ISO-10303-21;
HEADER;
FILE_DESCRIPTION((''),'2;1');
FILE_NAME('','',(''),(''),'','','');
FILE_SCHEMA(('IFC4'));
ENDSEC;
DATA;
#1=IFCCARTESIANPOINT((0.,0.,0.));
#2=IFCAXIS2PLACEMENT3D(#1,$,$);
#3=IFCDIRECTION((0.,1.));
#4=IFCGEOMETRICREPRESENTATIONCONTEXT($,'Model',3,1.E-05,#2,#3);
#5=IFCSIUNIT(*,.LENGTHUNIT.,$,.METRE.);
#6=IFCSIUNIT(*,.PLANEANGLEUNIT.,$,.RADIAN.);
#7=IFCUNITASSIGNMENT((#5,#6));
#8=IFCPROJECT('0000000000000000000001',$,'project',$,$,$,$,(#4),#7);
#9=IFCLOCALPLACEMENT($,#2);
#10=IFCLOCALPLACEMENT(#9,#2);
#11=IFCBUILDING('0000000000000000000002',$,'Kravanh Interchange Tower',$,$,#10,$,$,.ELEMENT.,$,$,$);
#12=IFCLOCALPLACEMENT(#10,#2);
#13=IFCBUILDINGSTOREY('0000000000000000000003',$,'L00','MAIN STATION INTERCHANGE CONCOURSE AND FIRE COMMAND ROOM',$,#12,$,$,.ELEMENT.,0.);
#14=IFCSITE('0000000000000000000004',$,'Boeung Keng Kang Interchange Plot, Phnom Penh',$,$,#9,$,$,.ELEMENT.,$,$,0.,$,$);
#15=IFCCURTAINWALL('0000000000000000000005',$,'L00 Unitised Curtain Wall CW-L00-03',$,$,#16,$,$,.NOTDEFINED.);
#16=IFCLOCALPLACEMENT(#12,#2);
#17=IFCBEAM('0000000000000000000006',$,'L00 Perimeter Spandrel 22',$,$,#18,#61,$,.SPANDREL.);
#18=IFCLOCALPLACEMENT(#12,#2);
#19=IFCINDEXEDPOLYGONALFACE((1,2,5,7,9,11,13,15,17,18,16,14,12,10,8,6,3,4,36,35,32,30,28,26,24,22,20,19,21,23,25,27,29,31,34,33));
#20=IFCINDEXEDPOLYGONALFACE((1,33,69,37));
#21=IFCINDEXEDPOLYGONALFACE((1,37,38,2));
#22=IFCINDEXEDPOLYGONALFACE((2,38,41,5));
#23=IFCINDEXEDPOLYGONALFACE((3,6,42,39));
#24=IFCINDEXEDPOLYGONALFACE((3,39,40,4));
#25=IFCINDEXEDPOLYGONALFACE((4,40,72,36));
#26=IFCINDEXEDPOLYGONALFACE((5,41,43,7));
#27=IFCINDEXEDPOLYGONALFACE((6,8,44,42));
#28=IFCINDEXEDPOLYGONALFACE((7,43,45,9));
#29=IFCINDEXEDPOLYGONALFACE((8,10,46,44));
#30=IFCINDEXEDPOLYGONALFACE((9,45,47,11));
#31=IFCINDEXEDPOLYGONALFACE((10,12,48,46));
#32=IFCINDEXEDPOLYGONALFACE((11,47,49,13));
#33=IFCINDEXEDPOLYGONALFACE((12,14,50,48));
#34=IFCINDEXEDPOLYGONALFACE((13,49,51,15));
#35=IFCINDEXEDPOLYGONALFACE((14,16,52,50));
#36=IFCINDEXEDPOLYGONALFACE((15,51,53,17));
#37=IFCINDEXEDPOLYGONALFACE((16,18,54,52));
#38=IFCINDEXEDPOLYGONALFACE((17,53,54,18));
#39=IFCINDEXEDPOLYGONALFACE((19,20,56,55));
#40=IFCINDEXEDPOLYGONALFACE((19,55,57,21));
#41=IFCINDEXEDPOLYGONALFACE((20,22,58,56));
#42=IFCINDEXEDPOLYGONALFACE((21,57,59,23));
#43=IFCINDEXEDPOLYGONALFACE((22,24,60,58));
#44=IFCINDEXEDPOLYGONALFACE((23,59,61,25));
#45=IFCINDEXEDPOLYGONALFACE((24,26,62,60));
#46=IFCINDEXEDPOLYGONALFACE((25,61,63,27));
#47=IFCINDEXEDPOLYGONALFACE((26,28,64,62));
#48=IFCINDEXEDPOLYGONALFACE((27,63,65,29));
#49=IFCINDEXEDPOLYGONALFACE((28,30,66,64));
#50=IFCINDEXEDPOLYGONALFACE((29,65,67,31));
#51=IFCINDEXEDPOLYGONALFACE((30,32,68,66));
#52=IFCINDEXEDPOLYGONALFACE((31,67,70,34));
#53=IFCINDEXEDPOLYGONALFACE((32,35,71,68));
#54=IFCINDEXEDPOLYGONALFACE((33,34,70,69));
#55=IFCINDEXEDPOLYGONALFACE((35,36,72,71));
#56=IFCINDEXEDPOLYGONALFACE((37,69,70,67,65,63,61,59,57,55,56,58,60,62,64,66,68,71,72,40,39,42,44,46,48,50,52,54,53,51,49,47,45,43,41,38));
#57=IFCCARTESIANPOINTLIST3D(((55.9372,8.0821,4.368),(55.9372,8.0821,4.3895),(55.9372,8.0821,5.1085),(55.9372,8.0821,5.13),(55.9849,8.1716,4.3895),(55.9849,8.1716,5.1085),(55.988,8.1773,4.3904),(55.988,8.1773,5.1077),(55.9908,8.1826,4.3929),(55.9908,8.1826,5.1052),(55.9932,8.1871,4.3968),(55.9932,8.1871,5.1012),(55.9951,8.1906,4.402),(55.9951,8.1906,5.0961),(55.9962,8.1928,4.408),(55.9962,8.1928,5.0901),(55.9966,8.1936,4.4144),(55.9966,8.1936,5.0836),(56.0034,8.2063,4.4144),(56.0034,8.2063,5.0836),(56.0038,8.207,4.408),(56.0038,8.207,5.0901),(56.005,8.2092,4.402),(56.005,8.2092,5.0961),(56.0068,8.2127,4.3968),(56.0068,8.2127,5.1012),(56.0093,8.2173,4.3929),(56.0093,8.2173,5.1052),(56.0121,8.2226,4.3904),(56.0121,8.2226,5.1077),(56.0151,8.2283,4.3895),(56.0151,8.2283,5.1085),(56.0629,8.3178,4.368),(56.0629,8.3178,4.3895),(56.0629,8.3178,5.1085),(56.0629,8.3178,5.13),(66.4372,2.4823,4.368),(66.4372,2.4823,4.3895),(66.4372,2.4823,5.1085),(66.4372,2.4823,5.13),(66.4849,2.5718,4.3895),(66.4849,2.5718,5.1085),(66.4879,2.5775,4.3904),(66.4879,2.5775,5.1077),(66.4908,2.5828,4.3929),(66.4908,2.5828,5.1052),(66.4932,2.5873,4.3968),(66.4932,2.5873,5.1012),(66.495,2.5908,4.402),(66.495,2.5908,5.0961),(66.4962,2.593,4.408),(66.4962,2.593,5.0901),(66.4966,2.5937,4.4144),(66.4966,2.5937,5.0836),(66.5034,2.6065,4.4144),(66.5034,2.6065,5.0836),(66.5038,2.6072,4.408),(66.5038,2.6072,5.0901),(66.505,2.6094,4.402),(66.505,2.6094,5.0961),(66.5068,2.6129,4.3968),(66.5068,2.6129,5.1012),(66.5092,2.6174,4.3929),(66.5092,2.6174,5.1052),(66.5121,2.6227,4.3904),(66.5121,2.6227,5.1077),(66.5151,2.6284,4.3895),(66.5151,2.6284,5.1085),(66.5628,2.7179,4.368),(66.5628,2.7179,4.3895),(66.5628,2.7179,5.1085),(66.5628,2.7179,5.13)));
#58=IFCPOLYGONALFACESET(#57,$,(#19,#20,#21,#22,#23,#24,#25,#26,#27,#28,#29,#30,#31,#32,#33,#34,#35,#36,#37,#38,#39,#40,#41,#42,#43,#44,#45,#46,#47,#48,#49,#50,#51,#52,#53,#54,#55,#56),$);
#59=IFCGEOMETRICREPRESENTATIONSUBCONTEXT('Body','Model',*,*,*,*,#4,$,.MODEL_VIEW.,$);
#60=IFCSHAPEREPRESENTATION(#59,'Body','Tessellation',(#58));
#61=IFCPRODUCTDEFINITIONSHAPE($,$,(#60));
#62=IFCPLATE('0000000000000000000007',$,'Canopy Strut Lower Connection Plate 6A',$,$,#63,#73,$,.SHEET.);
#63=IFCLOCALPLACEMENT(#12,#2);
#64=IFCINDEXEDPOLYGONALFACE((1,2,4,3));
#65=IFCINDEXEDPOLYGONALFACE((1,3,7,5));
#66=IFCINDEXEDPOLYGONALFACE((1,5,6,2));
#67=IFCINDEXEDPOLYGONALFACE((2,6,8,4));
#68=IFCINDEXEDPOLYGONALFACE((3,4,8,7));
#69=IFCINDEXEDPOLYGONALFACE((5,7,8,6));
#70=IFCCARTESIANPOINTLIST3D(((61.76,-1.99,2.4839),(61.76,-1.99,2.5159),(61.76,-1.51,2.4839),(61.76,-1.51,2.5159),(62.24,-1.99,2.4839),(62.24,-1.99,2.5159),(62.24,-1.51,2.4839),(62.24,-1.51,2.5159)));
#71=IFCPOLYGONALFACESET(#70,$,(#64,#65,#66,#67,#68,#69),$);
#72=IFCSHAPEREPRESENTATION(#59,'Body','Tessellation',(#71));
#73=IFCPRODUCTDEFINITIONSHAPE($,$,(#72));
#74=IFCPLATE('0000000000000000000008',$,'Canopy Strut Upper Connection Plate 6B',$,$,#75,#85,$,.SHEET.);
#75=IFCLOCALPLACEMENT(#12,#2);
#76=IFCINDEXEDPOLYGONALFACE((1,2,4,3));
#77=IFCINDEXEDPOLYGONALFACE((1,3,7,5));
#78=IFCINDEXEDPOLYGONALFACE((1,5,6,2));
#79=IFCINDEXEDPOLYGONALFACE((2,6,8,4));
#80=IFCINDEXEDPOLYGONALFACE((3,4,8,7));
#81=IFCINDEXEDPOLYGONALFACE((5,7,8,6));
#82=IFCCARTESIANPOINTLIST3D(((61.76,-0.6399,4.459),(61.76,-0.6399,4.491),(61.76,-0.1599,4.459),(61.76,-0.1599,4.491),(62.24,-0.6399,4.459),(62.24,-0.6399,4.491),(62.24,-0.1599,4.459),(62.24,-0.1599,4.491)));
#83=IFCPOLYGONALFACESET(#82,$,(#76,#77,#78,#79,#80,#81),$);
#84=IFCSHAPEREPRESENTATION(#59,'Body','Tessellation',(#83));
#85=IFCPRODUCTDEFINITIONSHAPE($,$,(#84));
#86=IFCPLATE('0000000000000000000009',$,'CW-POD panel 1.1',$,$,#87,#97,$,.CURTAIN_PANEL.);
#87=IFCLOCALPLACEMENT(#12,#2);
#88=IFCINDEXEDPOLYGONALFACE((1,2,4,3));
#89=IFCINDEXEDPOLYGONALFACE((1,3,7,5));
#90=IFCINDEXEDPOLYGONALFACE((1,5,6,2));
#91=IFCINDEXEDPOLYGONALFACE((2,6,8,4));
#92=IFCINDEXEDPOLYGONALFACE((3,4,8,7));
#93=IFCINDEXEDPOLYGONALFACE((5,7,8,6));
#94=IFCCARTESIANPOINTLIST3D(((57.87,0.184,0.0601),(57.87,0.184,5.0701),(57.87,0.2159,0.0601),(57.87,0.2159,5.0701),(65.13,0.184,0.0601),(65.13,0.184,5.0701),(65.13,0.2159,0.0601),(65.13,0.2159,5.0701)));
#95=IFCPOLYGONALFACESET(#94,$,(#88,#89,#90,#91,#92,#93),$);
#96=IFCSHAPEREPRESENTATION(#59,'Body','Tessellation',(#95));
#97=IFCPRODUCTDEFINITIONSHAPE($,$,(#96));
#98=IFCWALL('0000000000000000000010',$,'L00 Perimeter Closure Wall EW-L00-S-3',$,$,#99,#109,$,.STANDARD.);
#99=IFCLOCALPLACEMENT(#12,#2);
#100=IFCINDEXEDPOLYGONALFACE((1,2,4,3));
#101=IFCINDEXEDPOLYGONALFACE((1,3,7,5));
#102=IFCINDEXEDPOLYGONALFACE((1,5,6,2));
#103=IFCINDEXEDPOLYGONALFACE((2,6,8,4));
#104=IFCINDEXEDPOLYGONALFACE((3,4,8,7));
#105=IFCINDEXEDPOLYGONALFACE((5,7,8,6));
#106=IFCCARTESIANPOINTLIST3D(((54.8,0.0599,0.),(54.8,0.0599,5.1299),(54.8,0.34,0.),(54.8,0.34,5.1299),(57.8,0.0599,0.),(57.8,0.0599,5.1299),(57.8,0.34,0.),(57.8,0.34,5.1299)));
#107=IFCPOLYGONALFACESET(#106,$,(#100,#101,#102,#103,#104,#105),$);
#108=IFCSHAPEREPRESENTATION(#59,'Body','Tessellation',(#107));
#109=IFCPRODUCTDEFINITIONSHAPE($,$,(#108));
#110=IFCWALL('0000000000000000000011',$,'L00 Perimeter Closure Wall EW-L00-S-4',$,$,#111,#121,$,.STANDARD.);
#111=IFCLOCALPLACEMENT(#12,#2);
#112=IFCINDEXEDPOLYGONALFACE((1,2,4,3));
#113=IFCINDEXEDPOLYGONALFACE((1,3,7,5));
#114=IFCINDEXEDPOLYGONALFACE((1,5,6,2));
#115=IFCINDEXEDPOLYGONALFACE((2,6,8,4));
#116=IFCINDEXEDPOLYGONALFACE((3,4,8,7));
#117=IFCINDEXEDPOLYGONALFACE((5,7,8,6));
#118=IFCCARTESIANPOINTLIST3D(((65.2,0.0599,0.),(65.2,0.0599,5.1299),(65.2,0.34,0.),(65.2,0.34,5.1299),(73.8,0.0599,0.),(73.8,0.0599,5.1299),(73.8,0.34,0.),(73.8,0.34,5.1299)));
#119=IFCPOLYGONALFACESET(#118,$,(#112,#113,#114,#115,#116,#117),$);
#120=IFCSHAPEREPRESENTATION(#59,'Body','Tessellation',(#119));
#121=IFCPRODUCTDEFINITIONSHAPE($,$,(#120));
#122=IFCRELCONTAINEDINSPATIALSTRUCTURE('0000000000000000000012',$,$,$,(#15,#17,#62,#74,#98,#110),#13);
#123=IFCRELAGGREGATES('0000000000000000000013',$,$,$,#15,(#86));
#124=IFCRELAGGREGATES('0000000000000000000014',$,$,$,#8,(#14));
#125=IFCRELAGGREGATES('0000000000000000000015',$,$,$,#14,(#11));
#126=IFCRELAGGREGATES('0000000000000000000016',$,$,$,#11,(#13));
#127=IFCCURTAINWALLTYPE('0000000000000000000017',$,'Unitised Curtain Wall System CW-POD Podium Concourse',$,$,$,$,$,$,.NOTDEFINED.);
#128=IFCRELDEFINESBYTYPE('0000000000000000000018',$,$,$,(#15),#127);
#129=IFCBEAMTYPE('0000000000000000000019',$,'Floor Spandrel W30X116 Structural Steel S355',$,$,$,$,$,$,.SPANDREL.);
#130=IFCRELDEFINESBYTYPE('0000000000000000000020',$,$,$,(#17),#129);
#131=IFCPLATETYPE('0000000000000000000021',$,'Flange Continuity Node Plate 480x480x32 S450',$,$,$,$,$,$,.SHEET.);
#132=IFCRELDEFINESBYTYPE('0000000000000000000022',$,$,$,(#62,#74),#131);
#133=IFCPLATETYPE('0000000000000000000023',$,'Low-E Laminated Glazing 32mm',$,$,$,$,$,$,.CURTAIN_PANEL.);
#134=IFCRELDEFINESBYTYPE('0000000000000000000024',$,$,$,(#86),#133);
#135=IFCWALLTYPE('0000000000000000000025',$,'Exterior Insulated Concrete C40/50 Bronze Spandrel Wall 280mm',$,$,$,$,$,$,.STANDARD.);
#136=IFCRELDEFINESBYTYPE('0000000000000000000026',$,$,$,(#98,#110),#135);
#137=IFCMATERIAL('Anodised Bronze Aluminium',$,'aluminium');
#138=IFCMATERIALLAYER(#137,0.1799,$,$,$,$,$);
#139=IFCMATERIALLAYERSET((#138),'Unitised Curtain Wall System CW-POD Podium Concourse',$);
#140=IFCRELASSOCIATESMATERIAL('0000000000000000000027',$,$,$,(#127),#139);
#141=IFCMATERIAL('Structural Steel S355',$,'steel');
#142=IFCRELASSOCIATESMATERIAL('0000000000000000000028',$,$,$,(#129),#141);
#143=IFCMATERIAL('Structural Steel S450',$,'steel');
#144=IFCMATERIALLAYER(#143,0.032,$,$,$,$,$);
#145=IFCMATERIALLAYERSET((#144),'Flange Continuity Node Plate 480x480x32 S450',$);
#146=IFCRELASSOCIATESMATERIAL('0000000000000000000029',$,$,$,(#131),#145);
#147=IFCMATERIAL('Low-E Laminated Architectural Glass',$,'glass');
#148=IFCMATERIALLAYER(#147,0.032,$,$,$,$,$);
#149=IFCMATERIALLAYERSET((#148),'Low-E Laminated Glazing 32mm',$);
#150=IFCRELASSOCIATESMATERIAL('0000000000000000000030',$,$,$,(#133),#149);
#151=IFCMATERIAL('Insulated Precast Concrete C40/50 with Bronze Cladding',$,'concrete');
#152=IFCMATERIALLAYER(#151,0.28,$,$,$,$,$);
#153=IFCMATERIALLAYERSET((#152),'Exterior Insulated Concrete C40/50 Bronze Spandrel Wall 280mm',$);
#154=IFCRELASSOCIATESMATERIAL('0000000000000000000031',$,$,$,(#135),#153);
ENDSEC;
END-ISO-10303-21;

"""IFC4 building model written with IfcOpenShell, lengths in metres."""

from ifc_helpers import new_model, si_unit, direction, frame, frame_2d, origin, origin_2d, place, context, subcontext, project, spatial, rectangle, i_section, extrude, material, layer, layer_set, material_profile, profile_set, type_object, element, aggregate, save


model = new_model("IFC4")

# Units and contexts
model_context = context("Model", 3, precision=1e-05, world=origin(), true_north=direction((0.0, 1.0)))
body_context = subcontext(model_context, "Body", "Model", "MODEL_VIEW")
ifc_project = project(units=[si_unit("LENGTHUNIT", "METRE"), si_unit("PLANEANGLEUNIT", "RADIAN")], contexts=[model_context])

# Site, building, storey
site_placement = place(None, origin())
site = spatial("IfcSite", under=ifc_project, at=site_placement, Name="Boeung Keng Kang Interchange Plot, Phnom Penh", CompositionType="ELEMENT", RefElevation=0.0)
building_placement = place(site_placement, origin())
building = spatial("IfcBuilding", under=site, at=building_placement, Name="Kravanh Interchange Tower", CompositionType="ELEMENT")
storey_placement = place(building_placement, origin())
storey = spatial("IfcBuildingStorey", under=building, at=storey_placement, Name="L00", Description="MAIN STATION INTERCHANGE CONCOURSE AND FIRE COMMAND ROOM", CompositionType="ELEMENT", Elevation=0.0)

# Curtain wall
ifc_material_1 = material(Name="Anodised Bronze Aluminium", Category="aluminium")
ifc_layer_1 = layer(ifc_material_1, 0.1799)
ifc_layer_set_1 = layer_set([ifc_layer_1], Name="Unitised Curtain Wall System CW-POD Podium Concourse")
curtain_wall_type = type_object("IfcCurtainWallType", Name="Unitised Curtain Wall System CW-POD Podium Concourse", PredefinedType="NOTDEFINED", material=ifc_layer_set_1)
curtain_wall_placement = place(storey_placement, origin())
curtain_wall = element("IfcCurtainWall", 1, at=curtain_wall_placement, inside=storey, type_object=curtain_wall_type, Name="L00 Unitised Curtain Wall CW-L00-03", PredefinedType="NOTDEFINED")

# Beam
ifc_material_2 = material(Name="Structural Steel S355", Category="steel")
ifc_material_profile_1 = material_profile(ifc_material_2, i_section(OverallWidth=0.2671, OverallDepth=0.762, WebThickness=0.0144, FlangeThickness=0.0215, FilletRadius=0.0249, at=origin_2d()), Name="W30X116")
ifc_profile_set_1 = profile_set([ifc_material_profile_1], Name="Structural Steel S355")
beam_type_1 = type_object("IfcBeamType", Name="Floor Spandrel W30X116 Structural Steel S355", PredefinedType="SPANDREL", material=ifc_profile_set_1)
beam_1_placement = place(storey_placement, frame((66.5, 2.6001, 4.749), z_axis=(-0.882358, 0.470579, 0.0), x_axis=(-0.470579, -0.882358, 0.0)))
element("IfcBeam", 2, at=beam_1_placement, inside=storey, type_object=beam_type_1, Name="L00 Perimeter Spandrel 22", PredefinedType="SPANDREL", context=body_context, shape_type="SweptSolid", body=[
    extrude(i_section(OverallWidth=0.2671, OverallDepth=0.762, WebThickness=0.0144, FlangeThickness=0.0215, FilletRadius=0.0249, at=origin_2d()), origin(), (0.0, 0.0, 1.0), 11.8999),
])

# Plates
ifc_material_3 = material(Name="Structural Steel S450", Category="steel")
ifc_layer_2 = layer(ifc_material_3, 0.032)
ifc_layer_set_2 = layer_set([ifc_layer_2], Name="Flange Continuity Node Plate 480x480x32 S450")
plate_type_1 = type_object("IfcPlateType", Name="Flange Continuity Node Plate 480x480x32 S450", PredefinedType="SHEET", material=ifc_layer_set_2)
for number, where, z_axis, x_axis, name in (
    (3, (62.0, -1.75, 2.4839), (0.0, 0.0, 1.0), (1.0, 0.0, 0.0), "Canopy Strut Lower Connection Plate 6A"),
    (4, (62.0, -0.3999, 4.459), (0.0, 0.0, 1.0), (1.0, 0.0, 0.0), "Canopy Strut Upper Connection Plate 6B"),
):
    element("IfcPlate", number, at=place(storey_placement, frame(where, z_axis=z_axis, x_axis=x_axis)), inside=storey, type_object=plate_type_1, Name=name, PredefinedType="SHEET", context=body_context, shape_type="SweptSolid", body=[
        extrude(rectangle(XDim=0.48, YDim=0.48, at=origin_2d()), origin(), (0.0, 0.0, 1.0), 0.032),
    ])

# Plate
ifc_material_4 = material(Name="Low-E Laminated Architectural Glass", Category="glass")
ifc_layer_3 = layer(ifc_material_4, 0.032)
ifc_layer_set_3 = layer_set([ifc_layer_3], Name="Low-E Laminated Glazing 32mm")
plate_type_2 = type_object("IfcPlateType", Name="Low-E Laminated Glazing 32mm", PredefinedType="CURTAIN_PANEL", material=ifc_layer_set_3)
plate_placement = place(storey_placement, frame((61.5, 0.2, 0.0601), z_axis=(0.0, 0.0, 1.0), x_axis=(1.0, 0.0, 0.0)))
plate = element("IfcPlate", 5, at=plate_placement, type_object=plate_type_2, Name="CW-POD panel 1.1", PredefinedType="CURTAIN_PANEL", context=body_context, shape_type="SweptSolid", body=[
    extrude(rectangle(XDim=7.26, YDim=0.032, at=origin_2d()), origin(), (0.0, 0.0, 1.0), 5.01),
])
aggregate(curtain_wall, [plate])

# Walls
ifc_material_5 = material(Name="Insulated Precast Concrete C40/50 with Bronze Cladding", Category="concrete")
ifc_layer_4 = layer(ifc_material_5, 0.28)
ifc_layer_set_4 = layer_set([ifc_layer_4], Name="Exterior Insulated Concrete C40/50 Bronze Spandrel Wall 280mm")
wall_type_1 = type_object("IfcWallType", Name="Exterior Insulated Concrete C40/50 Bronze Spandrel Wall 280mm", PredefinedType="STANDARD", material=ifc_layer_set_4)
wall_1_placement = place(storey_placement, frame((57.8, 0.2, 0.0), z_axis=(0.0, 0.0, 1.0), x_axis=(-1.0, 0.0, 0.0)))
element("IfcWall", 6, at=wall_1_placement, inside=storey, type_object=wall_type_1, Name="L00 Perimeter Closure Wall EW-L00-S-3", PredefinedType="STANDARD", context=body_context, shape_type="SweptSolid", body=[
    extrude(rectangle(XDim=3.0, YDim=0.28, at=frame_2d((1.5, 0.0))), origin(), (0.0, 0.0, 1.0), 5.1299),
])
wall_2_placement = place(storey_placement, frame((73.8, 0.2, 0.0), z_axis=(0.0, 0.0, 1.0), x_axis=(-1.0, 0.0, 0.0)))
element("IfcWall", 7, at=wall_2_placement, inside=storey, type_object=wall_type_1, Name="L00 Perimeter Closure Wall EW-L00-S-4", PredefinedType="STANDARD", context=body_context, shape_type="SweptSolid", body=[
    extrude(rectangle(XDim=8.6001, YDim=0.28, at=frame_2d((4.3, 0.0))), origin(), (0.0, 0.0, 1.0), 5.1299),
])

save(model, "model.ifc")
